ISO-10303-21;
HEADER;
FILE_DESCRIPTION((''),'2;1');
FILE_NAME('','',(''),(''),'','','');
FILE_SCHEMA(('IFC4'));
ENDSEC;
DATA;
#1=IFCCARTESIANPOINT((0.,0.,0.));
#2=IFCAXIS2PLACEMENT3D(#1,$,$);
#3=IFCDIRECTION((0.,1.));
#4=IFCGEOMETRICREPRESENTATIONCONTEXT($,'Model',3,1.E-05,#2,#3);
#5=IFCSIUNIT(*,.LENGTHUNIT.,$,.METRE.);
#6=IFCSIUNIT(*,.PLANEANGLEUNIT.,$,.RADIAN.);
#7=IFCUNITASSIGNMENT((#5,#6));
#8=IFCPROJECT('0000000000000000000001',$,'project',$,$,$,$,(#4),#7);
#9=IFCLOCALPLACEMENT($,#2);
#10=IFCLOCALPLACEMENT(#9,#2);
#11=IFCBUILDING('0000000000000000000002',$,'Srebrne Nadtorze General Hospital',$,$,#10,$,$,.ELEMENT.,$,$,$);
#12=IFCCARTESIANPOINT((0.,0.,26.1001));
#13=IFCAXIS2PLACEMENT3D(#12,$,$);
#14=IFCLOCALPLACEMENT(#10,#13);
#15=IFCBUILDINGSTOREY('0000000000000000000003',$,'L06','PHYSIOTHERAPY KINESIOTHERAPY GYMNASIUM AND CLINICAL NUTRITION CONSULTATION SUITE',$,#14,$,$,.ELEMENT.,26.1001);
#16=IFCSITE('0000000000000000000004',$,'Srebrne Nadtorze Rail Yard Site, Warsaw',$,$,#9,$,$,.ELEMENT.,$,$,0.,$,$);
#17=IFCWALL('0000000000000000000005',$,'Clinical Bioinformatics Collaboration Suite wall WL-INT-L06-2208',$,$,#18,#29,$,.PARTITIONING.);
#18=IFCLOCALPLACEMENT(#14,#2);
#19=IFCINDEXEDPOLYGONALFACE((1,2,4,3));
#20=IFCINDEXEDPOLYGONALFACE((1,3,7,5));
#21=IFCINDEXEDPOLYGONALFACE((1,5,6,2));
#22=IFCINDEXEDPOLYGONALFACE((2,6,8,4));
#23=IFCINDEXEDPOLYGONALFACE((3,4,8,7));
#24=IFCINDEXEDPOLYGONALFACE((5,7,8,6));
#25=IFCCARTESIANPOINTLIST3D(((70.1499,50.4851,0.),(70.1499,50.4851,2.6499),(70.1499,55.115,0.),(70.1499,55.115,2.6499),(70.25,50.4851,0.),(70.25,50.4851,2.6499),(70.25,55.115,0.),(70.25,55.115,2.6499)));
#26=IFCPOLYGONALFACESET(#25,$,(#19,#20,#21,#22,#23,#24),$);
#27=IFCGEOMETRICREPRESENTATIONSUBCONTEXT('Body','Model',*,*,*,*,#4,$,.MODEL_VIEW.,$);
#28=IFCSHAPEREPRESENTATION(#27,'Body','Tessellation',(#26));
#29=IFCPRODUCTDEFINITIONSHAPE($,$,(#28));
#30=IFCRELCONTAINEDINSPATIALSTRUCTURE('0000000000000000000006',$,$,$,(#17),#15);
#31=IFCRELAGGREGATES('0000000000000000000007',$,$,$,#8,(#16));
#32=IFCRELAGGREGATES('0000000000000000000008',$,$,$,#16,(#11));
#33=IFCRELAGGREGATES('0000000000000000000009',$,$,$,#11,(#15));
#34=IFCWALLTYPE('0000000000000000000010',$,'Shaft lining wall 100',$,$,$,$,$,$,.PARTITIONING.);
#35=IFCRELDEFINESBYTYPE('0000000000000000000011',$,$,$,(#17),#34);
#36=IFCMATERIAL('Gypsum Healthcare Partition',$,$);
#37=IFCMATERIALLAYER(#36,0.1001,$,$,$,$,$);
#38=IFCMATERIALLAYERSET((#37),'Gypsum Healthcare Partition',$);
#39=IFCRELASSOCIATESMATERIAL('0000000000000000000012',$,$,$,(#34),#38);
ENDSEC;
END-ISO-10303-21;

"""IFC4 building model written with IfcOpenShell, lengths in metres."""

from ifc_helpers import new_model, si_unit, direction, frame, frame_2d, origin, place, context, subcontext, project, spatial, rectangle, extrude, material, layer, layer_set, type_object, element, save


model = new_model("IFC4")

# Units and contexts
model_context = context("Model", 3, precision=1e-05, world=origin(), true_north=direction((0.0, 1.0)))
body_context = subcontext(model_context, "Body", "Model", "MODEL_VIEW")
ifc_project = project(units=[si_unit("LENGTHUNIT", "METRE"), si_unit("PLANEANGLEUNIT", "RADIAN")], contexts=[model_context])

# Site, building, storey
site_placement = place(None, origin())
site = spatial("IfcSite", under=ifc_project, at=site_placement, Name="Srebrne Nadtorze Rail Yard Site, Warsaw", CompositionType="ELEMENT", RefElevation=0.0)
building_placement = place(site_placement, origin())
building = spatial("IfcBuilding", under=site, at=building_placement, Name="Srebrne Nadtorze General Hospital", CompositionType="ELEMENT")
storey_placement = place(building_placement, frame((0.0, 0.0, 26.1001)))
storey = spatial("IfcBuildingStorey", under=building, at=storey_placement, Name="L06", Description="PHYSIOTHERAPY KINESIOTHERAPY GYMNASIUM AND CLINICAL NUTRITION CONSULTATION SUITE", CompositionType="ELEMENT", Elevation=26.1001)

# Wall
ifc_material_1 = material(Name="Gypsum Healthcare Partition")
ifc_layer_1 = layer(ifc_material_1, 0.1001)
ifc_layer_set_1 = layer_set([ifc_layer_1], Name="Gypsum Healthcare Partition")
wall_type = type_object("IfcWallType", Name="Shaft lining wall 100", PredefinedType="PARTITIONING", material=ifc_layer_set_1)
wall_placement = place(storey_placement, frame((70.2, 50.4851, 0.0), z_axis=(0.0, 0.0, 1.0), x_axis=(0.0, 1.0, 0.0)))
element("IfcWall", 1, at=wall_placement, inside=storey, type_object=wall_type, Name="Clinical Bioinformatics Collaboration Suite wall WL-INT-L06-2208", PredefinedType="PARTITIONING", context=body_context, shape_type="SweptSolid", body=[
    extrude(rectangle(XDim=4.6299, YDim=0.1001, at=frame_2d((2.3149, 0.0))), origin(), (0.0, 0.0, 1.0), 2.6499),
])

save(model, "model.ifc")
